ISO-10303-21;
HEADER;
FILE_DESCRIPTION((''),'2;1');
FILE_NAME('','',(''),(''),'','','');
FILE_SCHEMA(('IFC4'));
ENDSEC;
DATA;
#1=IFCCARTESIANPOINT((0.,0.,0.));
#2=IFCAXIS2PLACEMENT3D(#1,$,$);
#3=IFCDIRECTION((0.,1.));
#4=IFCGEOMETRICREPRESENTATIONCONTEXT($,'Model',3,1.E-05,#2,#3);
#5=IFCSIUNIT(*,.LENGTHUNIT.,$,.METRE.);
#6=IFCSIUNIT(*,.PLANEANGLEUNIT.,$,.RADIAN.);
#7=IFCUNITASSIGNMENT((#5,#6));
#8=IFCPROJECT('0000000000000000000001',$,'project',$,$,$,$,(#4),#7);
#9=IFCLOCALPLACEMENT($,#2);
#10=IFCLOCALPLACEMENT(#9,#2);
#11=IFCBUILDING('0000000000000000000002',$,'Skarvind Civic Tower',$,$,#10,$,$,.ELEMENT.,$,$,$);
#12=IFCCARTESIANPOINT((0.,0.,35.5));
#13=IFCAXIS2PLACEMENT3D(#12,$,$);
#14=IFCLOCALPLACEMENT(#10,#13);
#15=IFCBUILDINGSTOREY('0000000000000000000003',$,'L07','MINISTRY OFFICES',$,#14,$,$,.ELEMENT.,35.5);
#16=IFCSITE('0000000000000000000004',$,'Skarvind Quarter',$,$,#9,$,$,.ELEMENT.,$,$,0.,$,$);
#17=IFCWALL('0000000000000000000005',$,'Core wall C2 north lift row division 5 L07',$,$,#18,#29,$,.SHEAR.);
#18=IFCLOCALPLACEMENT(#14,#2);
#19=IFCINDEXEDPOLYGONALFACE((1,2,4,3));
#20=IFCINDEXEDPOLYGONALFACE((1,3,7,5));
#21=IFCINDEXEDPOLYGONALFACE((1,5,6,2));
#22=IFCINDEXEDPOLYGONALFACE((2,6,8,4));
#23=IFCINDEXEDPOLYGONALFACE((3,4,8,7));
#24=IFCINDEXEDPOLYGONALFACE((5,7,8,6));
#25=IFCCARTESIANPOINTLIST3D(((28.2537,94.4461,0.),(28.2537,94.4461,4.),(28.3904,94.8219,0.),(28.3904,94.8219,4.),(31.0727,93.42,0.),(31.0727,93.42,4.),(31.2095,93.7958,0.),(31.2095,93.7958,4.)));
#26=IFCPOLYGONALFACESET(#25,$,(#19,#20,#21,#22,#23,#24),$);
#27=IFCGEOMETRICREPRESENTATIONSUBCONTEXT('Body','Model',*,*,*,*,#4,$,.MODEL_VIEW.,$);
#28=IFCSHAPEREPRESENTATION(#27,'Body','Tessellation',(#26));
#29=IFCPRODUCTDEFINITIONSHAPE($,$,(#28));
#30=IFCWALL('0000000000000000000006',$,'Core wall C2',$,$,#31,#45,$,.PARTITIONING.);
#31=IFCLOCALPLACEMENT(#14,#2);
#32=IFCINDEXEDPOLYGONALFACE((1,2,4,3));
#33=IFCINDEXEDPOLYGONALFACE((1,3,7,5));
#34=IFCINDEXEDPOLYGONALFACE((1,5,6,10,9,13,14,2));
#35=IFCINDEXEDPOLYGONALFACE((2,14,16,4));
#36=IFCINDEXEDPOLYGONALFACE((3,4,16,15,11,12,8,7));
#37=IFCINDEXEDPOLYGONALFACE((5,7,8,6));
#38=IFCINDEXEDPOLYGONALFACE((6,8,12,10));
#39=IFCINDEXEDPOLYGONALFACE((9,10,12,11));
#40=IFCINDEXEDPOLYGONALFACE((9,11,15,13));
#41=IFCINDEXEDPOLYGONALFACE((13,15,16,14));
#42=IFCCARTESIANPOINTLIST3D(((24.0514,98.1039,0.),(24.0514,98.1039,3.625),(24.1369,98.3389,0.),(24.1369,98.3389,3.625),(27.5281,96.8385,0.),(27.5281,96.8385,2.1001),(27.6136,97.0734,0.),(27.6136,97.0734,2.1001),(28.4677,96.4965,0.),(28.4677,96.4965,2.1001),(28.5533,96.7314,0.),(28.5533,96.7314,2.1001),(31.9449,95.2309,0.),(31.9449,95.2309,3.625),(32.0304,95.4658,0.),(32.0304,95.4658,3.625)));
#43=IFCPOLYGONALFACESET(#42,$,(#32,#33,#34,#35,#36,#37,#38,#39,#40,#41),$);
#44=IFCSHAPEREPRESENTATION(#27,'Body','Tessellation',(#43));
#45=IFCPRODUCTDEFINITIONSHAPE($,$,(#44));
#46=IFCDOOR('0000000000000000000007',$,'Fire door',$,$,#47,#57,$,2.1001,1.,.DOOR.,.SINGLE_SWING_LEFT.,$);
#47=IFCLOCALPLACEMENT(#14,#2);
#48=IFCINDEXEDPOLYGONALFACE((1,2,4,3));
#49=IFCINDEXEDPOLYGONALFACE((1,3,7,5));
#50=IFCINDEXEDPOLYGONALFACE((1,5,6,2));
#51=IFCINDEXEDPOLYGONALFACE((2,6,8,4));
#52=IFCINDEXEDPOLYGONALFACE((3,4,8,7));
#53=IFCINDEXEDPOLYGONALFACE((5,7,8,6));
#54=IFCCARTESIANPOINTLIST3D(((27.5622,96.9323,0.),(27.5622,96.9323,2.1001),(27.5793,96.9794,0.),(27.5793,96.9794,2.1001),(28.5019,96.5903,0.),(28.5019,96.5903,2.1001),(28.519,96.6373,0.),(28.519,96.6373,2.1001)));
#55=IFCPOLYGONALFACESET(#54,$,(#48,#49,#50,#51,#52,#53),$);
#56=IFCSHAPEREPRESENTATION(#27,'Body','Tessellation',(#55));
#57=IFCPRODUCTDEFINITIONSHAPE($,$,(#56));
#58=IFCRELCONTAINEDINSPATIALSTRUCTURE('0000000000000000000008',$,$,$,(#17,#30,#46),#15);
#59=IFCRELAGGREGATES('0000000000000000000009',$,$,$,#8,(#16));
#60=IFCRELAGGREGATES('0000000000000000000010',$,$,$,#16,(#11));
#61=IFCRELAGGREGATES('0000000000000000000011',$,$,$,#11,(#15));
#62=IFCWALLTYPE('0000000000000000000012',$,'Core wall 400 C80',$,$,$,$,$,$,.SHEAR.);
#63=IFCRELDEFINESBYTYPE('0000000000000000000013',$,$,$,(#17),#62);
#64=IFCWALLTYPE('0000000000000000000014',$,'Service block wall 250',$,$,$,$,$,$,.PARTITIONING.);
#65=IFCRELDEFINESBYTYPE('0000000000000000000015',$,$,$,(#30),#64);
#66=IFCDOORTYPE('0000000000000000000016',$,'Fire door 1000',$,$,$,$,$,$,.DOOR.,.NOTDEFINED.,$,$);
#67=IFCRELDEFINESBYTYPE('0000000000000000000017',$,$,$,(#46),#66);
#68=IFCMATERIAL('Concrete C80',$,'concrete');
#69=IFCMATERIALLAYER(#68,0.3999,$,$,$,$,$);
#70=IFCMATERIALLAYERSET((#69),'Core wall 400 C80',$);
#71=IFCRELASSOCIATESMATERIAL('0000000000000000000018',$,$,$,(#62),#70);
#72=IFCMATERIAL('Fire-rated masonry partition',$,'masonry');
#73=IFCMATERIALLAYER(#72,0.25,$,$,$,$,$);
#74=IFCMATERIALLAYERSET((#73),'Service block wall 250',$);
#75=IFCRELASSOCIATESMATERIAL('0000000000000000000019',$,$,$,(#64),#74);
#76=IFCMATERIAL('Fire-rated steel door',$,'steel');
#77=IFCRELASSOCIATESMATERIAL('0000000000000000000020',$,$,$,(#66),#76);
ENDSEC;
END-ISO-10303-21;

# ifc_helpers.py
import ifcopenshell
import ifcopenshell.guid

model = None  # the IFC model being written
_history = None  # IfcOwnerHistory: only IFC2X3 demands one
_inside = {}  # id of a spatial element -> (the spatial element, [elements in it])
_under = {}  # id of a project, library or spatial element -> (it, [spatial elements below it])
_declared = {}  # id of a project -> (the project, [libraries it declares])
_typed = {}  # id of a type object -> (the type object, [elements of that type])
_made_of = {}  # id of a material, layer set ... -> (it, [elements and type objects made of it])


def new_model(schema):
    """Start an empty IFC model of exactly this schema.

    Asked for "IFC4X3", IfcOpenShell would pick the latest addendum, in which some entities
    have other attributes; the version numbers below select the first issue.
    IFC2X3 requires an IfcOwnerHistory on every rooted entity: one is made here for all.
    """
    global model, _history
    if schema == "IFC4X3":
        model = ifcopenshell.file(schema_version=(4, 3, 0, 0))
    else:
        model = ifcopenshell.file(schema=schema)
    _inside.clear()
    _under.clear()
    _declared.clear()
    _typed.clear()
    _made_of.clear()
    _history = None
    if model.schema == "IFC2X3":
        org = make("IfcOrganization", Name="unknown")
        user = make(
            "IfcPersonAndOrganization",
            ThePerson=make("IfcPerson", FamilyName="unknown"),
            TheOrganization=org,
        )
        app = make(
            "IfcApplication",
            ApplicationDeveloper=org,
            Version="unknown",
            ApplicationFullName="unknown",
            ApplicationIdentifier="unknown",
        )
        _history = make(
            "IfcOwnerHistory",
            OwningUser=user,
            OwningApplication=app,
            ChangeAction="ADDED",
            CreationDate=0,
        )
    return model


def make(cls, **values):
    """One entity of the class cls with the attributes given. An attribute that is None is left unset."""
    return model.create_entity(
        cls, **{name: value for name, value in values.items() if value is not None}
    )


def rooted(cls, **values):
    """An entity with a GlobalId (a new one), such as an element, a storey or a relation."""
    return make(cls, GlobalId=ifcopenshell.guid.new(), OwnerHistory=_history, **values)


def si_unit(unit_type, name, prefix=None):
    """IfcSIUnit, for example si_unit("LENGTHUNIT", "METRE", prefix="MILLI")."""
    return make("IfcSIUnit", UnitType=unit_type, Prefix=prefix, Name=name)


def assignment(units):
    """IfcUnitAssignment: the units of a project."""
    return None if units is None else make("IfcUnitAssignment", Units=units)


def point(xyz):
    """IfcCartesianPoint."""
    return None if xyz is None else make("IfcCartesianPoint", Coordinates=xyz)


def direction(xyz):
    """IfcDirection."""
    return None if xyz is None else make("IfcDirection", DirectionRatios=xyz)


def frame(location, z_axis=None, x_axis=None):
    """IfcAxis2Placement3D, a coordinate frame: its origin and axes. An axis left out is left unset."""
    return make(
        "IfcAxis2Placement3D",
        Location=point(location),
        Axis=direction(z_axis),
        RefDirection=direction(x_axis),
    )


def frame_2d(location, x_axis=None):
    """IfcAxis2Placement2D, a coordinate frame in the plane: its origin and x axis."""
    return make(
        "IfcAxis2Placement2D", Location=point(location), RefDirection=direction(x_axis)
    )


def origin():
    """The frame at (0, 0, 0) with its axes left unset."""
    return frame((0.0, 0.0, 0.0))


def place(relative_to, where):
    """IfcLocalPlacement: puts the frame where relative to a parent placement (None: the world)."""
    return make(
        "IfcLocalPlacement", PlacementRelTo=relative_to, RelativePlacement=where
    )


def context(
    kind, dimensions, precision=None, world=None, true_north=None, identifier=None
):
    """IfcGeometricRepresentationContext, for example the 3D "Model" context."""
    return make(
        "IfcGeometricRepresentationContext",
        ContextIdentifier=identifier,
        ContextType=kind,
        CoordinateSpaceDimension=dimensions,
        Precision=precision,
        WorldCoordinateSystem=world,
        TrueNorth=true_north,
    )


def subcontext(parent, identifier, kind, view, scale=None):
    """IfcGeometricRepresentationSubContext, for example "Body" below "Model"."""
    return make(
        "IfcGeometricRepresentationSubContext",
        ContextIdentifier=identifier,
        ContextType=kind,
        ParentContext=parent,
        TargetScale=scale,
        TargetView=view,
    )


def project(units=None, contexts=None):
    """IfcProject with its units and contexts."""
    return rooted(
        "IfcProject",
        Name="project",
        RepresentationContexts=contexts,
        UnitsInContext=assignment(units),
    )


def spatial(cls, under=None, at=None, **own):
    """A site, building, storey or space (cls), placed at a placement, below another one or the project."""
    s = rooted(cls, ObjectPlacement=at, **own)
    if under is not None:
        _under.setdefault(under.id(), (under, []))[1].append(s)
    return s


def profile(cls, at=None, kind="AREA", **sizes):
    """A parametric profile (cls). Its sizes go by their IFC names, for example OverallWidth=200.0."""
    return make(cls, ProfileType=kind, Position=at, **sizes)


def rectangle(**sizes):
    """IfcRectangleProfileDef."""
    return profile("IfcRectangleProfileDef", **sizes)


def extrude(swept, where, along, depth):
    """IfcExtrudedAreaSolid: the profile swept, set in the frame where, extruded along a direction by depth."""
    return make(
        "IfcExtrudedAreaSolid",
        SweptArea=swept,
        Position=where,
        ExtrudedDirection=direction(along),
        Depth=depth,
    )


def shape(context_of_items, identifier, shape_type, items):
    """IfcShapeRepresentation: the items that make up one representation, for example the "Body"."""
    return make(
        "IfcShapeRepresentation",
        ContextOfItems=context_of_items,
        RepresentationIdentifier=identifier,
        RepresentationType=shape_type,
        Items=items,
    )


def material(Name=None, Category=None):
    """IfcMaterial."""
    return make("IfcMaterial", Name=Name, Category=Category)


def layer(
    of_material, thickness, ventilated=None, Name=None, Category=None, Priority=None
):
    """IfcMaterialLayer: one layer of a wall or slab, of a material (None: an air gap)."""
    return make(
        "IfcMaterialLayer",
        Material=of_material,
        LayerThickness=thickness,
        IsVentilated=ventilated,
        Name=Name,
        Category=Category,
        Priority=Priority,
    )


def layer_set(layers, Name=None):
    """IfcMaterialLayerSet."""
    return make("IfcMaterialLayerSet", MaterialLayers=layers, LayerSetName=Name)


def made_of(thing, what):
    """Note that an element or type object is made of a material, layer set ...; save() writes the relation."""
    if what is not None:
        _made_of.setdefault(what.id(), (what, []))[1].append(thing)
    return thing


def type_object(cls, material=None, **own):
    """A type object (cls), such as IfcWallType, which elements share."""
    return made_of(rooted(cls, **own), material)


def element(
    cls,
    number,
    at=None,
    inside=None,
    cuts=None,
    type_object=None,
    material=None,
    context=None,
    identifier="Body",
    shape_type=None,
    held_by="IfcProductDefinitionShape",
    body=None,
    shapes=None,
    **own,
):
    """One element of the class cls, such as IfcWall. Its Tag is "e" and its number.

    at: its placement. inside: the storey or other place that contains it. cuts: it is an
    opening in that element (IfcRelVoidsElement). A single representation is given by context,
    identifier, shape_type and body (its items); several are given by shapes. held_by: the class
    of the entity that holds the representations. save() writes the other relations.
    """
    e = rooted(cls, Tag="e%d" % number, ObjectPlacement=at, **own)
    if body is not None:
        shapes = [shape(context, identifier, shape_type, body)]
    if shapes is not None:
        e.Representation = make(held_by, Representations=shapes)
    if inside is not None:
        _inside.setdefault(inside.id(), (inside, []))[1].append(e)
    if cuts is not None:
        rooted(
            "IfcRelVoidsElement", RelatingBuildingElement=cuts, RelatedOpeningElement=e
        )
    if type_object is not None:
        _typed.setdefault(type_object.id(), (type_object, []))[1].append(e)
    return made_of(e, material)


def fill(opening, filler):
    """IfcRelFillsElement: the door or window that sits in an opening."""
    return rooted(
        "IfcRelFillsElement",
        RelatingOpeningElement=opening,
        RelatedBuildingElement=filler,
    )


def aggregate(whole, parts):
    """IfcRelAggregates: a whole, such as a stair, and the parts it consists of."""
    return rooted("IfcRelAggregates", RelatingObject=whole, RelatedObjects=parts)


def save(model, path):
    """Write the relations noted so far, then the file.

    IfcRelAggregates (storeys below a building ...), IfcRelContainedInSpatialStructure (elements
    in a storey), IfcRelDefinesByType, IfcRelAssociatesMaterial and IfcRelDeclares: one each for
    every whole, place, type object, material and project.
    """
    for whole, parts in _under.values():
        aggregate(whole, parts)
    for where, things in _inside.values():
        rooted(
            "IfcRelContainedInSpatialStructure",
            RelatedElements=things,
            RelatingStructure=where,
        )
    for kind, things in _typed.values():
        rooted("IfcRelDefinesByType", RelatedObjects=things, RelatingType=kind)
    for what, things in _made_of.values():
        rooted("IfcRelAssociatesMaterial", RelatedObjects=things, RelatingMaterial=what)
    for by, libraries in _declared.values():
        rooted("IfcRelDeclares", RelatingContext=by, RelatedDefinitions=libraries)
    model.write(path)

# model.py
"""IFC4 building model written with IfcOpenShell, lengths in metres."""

from ifc_helpers import new_model, si_unit, direction, frame, frame_2d, origin, place, context, subcontext, project, spatial, rectangle, extrude, material, layer, layer_set, type_object, element, fill, save


model = new_model("IFC4")

# Units and contexts
model_context = context("Model", 3, precision=1e-05, world=origin(), true_north=direction((0.0, 1.0)))
body_context = subcontext(model_context, "Body", "Model", "MODEL_VIEW")
ifc_project = project(units=[si_unit("LENGTHUNIT", "METRE"), si_unit("PLANEANGLEUNIT", "RADIAN")], contexts=[model_context])

# Site, building, storey
site_placement = place(None, origin())
site = spatial("IfcSite", under=ifc_project, at=site_placement, Name="Skarvind Quarter", CompositionType="ELEMENT", RefElevation=0.0)
building_placement = place(site_placement, origin())
building = spatial("IfcBuilding", under=site, at=building_placement, Name="Skarvind Civic Tower", CompositionType="ELEMENT")
storey_placement = place(building_placement, frame((0.0, 0.0, 35.5)))
storey = spatial("IfcBuildingStorey", under=building, at=storey_placement, Name="L07", Description="MINISTRY OFFICES", CompositionType="ELEMENT", Elevation=35.5)

# Shared definitions
ifc_material_1 = material(Name="Concrete C80", Category="concrete")

# Shared definitions
ifc_material_2 = material(Name="Fire-rated masonry partition", Category="masonry")
ifc_material_3 = material(Name="Fire-rated steel door", Category="steel")

# Wall
ifc_layer_1 = layer(ifc_material_1, 0.3999)
ifc_layer_set_1 = layer_set([ifc_layer_1], Name="Core wall 400 C80")
wall_type_1 = type_object("IfcWallType", Name="Core wall 400 C80", PredefinedType="SHEAR", material=ifc_layer_set_1)
wall_1_placement = place(storey_placement, frame((31.1411, 93.6079, 0.0), z_axis=(0.0, 0.0, 1.0), x_axis=(-0.939686, 0.342037, 0.0)))
element("IfcWall", 1, at=wall_1_placement, inside=storey, type_object=wall_type_1, Name="Core wall C2 north lift row division 5 L07", PredefinedType="SHEAR", context=body_context, shape_type="SweptSolid", body=[
    extrude(rectangle(XDim=3.0, YDim=0.3999, at=frame_2d((1.5, 0.0))), origin(), (0.0, 0.0, 1.0), 4.0),
])

# Wall, opening, door
ifc_layer_2 = layer(ifc_material_2, 0.25)
ifc_layer_set_2 = layer_set([ifc_layer_2], Name="Service block wall 250")
wall_type_2 = type_object("IfcWallType", Name="Service block wall 250", PredefinedType="PARTITIONING", material=ifc_layer_set_2)
wall_2_placement = place(storey_placement, frame((24.094, 98.2214, 0.0), z_axis=(0.0, 0.0, 1.0), x_axis=(0.939692, -0.342023, 0.0)))
wall_2 = element("IfcWall", 2, at=wall_2_placement, inside=storey, type_object=wall_type_2, Name="Core wall C2", PredefinedType="PARTITIONING", context=body_context, shape_type="SweptSolid", body=[
    extrude(rectangle(XDim=8.4001, YDim=0.25, at=frame_2d((4.2002, 0.0))), origin(), (0.0, 0.0, 1.0), 3.625),
])
opening_1_placement = place(wall_2_placement, frame((3.7, 0.0, 0.0)))
opening_1 = element("IfcOpeningElement", 3, at=opening_1_placement, cuts=wall_2, PredefinedType="OPENING", context=body_context, shape_type="SweptSolid", body=[
    extrude(rectangle(XDim=1.0, YDim=2.1001, at=frame_2d((0.5, 1.05))), frame((0.0, 0.135, 0.0), z_axis=(0.0, -1.0, 0.0), x_axis=(1.0, 0.0, 0.0)), (0.0, 0.0, 1.0), 0.27),
])
door_type_1 = type_object("IfcDoorType", Name="Fire door 1000", OperationType="NOTDEFINED", PredefinedType="DOOR", material=ifc_material_3)
door_1_placement = place(opening_1_placement, origin())
door_1 = element("IfcDoor", 4, at=door_1_placement, inside=storey, type_object=door_type_1, Name="Fire door", OperationType="SINGLE_SWING_LEFT", OverallHeight=2.1001, OverallWidth=1.0, PredefinedType="DOOR", context=body_context, shape_type="SweptSolid", body=[
    extrude(rectangle(XDim=1.0, YDim=2.1001, at=frame_2d((0.5, 1.05))), frame((0.0, 0.0249, 0.0), z_axis=(0.0, -1.0, 0.0), x_axis=(1.0, 0.0, 0.0)), (0.0, 0.0, 1.0), 0.05),
])
fill(opening_1, door_1)

save(model, "model.ifc")
